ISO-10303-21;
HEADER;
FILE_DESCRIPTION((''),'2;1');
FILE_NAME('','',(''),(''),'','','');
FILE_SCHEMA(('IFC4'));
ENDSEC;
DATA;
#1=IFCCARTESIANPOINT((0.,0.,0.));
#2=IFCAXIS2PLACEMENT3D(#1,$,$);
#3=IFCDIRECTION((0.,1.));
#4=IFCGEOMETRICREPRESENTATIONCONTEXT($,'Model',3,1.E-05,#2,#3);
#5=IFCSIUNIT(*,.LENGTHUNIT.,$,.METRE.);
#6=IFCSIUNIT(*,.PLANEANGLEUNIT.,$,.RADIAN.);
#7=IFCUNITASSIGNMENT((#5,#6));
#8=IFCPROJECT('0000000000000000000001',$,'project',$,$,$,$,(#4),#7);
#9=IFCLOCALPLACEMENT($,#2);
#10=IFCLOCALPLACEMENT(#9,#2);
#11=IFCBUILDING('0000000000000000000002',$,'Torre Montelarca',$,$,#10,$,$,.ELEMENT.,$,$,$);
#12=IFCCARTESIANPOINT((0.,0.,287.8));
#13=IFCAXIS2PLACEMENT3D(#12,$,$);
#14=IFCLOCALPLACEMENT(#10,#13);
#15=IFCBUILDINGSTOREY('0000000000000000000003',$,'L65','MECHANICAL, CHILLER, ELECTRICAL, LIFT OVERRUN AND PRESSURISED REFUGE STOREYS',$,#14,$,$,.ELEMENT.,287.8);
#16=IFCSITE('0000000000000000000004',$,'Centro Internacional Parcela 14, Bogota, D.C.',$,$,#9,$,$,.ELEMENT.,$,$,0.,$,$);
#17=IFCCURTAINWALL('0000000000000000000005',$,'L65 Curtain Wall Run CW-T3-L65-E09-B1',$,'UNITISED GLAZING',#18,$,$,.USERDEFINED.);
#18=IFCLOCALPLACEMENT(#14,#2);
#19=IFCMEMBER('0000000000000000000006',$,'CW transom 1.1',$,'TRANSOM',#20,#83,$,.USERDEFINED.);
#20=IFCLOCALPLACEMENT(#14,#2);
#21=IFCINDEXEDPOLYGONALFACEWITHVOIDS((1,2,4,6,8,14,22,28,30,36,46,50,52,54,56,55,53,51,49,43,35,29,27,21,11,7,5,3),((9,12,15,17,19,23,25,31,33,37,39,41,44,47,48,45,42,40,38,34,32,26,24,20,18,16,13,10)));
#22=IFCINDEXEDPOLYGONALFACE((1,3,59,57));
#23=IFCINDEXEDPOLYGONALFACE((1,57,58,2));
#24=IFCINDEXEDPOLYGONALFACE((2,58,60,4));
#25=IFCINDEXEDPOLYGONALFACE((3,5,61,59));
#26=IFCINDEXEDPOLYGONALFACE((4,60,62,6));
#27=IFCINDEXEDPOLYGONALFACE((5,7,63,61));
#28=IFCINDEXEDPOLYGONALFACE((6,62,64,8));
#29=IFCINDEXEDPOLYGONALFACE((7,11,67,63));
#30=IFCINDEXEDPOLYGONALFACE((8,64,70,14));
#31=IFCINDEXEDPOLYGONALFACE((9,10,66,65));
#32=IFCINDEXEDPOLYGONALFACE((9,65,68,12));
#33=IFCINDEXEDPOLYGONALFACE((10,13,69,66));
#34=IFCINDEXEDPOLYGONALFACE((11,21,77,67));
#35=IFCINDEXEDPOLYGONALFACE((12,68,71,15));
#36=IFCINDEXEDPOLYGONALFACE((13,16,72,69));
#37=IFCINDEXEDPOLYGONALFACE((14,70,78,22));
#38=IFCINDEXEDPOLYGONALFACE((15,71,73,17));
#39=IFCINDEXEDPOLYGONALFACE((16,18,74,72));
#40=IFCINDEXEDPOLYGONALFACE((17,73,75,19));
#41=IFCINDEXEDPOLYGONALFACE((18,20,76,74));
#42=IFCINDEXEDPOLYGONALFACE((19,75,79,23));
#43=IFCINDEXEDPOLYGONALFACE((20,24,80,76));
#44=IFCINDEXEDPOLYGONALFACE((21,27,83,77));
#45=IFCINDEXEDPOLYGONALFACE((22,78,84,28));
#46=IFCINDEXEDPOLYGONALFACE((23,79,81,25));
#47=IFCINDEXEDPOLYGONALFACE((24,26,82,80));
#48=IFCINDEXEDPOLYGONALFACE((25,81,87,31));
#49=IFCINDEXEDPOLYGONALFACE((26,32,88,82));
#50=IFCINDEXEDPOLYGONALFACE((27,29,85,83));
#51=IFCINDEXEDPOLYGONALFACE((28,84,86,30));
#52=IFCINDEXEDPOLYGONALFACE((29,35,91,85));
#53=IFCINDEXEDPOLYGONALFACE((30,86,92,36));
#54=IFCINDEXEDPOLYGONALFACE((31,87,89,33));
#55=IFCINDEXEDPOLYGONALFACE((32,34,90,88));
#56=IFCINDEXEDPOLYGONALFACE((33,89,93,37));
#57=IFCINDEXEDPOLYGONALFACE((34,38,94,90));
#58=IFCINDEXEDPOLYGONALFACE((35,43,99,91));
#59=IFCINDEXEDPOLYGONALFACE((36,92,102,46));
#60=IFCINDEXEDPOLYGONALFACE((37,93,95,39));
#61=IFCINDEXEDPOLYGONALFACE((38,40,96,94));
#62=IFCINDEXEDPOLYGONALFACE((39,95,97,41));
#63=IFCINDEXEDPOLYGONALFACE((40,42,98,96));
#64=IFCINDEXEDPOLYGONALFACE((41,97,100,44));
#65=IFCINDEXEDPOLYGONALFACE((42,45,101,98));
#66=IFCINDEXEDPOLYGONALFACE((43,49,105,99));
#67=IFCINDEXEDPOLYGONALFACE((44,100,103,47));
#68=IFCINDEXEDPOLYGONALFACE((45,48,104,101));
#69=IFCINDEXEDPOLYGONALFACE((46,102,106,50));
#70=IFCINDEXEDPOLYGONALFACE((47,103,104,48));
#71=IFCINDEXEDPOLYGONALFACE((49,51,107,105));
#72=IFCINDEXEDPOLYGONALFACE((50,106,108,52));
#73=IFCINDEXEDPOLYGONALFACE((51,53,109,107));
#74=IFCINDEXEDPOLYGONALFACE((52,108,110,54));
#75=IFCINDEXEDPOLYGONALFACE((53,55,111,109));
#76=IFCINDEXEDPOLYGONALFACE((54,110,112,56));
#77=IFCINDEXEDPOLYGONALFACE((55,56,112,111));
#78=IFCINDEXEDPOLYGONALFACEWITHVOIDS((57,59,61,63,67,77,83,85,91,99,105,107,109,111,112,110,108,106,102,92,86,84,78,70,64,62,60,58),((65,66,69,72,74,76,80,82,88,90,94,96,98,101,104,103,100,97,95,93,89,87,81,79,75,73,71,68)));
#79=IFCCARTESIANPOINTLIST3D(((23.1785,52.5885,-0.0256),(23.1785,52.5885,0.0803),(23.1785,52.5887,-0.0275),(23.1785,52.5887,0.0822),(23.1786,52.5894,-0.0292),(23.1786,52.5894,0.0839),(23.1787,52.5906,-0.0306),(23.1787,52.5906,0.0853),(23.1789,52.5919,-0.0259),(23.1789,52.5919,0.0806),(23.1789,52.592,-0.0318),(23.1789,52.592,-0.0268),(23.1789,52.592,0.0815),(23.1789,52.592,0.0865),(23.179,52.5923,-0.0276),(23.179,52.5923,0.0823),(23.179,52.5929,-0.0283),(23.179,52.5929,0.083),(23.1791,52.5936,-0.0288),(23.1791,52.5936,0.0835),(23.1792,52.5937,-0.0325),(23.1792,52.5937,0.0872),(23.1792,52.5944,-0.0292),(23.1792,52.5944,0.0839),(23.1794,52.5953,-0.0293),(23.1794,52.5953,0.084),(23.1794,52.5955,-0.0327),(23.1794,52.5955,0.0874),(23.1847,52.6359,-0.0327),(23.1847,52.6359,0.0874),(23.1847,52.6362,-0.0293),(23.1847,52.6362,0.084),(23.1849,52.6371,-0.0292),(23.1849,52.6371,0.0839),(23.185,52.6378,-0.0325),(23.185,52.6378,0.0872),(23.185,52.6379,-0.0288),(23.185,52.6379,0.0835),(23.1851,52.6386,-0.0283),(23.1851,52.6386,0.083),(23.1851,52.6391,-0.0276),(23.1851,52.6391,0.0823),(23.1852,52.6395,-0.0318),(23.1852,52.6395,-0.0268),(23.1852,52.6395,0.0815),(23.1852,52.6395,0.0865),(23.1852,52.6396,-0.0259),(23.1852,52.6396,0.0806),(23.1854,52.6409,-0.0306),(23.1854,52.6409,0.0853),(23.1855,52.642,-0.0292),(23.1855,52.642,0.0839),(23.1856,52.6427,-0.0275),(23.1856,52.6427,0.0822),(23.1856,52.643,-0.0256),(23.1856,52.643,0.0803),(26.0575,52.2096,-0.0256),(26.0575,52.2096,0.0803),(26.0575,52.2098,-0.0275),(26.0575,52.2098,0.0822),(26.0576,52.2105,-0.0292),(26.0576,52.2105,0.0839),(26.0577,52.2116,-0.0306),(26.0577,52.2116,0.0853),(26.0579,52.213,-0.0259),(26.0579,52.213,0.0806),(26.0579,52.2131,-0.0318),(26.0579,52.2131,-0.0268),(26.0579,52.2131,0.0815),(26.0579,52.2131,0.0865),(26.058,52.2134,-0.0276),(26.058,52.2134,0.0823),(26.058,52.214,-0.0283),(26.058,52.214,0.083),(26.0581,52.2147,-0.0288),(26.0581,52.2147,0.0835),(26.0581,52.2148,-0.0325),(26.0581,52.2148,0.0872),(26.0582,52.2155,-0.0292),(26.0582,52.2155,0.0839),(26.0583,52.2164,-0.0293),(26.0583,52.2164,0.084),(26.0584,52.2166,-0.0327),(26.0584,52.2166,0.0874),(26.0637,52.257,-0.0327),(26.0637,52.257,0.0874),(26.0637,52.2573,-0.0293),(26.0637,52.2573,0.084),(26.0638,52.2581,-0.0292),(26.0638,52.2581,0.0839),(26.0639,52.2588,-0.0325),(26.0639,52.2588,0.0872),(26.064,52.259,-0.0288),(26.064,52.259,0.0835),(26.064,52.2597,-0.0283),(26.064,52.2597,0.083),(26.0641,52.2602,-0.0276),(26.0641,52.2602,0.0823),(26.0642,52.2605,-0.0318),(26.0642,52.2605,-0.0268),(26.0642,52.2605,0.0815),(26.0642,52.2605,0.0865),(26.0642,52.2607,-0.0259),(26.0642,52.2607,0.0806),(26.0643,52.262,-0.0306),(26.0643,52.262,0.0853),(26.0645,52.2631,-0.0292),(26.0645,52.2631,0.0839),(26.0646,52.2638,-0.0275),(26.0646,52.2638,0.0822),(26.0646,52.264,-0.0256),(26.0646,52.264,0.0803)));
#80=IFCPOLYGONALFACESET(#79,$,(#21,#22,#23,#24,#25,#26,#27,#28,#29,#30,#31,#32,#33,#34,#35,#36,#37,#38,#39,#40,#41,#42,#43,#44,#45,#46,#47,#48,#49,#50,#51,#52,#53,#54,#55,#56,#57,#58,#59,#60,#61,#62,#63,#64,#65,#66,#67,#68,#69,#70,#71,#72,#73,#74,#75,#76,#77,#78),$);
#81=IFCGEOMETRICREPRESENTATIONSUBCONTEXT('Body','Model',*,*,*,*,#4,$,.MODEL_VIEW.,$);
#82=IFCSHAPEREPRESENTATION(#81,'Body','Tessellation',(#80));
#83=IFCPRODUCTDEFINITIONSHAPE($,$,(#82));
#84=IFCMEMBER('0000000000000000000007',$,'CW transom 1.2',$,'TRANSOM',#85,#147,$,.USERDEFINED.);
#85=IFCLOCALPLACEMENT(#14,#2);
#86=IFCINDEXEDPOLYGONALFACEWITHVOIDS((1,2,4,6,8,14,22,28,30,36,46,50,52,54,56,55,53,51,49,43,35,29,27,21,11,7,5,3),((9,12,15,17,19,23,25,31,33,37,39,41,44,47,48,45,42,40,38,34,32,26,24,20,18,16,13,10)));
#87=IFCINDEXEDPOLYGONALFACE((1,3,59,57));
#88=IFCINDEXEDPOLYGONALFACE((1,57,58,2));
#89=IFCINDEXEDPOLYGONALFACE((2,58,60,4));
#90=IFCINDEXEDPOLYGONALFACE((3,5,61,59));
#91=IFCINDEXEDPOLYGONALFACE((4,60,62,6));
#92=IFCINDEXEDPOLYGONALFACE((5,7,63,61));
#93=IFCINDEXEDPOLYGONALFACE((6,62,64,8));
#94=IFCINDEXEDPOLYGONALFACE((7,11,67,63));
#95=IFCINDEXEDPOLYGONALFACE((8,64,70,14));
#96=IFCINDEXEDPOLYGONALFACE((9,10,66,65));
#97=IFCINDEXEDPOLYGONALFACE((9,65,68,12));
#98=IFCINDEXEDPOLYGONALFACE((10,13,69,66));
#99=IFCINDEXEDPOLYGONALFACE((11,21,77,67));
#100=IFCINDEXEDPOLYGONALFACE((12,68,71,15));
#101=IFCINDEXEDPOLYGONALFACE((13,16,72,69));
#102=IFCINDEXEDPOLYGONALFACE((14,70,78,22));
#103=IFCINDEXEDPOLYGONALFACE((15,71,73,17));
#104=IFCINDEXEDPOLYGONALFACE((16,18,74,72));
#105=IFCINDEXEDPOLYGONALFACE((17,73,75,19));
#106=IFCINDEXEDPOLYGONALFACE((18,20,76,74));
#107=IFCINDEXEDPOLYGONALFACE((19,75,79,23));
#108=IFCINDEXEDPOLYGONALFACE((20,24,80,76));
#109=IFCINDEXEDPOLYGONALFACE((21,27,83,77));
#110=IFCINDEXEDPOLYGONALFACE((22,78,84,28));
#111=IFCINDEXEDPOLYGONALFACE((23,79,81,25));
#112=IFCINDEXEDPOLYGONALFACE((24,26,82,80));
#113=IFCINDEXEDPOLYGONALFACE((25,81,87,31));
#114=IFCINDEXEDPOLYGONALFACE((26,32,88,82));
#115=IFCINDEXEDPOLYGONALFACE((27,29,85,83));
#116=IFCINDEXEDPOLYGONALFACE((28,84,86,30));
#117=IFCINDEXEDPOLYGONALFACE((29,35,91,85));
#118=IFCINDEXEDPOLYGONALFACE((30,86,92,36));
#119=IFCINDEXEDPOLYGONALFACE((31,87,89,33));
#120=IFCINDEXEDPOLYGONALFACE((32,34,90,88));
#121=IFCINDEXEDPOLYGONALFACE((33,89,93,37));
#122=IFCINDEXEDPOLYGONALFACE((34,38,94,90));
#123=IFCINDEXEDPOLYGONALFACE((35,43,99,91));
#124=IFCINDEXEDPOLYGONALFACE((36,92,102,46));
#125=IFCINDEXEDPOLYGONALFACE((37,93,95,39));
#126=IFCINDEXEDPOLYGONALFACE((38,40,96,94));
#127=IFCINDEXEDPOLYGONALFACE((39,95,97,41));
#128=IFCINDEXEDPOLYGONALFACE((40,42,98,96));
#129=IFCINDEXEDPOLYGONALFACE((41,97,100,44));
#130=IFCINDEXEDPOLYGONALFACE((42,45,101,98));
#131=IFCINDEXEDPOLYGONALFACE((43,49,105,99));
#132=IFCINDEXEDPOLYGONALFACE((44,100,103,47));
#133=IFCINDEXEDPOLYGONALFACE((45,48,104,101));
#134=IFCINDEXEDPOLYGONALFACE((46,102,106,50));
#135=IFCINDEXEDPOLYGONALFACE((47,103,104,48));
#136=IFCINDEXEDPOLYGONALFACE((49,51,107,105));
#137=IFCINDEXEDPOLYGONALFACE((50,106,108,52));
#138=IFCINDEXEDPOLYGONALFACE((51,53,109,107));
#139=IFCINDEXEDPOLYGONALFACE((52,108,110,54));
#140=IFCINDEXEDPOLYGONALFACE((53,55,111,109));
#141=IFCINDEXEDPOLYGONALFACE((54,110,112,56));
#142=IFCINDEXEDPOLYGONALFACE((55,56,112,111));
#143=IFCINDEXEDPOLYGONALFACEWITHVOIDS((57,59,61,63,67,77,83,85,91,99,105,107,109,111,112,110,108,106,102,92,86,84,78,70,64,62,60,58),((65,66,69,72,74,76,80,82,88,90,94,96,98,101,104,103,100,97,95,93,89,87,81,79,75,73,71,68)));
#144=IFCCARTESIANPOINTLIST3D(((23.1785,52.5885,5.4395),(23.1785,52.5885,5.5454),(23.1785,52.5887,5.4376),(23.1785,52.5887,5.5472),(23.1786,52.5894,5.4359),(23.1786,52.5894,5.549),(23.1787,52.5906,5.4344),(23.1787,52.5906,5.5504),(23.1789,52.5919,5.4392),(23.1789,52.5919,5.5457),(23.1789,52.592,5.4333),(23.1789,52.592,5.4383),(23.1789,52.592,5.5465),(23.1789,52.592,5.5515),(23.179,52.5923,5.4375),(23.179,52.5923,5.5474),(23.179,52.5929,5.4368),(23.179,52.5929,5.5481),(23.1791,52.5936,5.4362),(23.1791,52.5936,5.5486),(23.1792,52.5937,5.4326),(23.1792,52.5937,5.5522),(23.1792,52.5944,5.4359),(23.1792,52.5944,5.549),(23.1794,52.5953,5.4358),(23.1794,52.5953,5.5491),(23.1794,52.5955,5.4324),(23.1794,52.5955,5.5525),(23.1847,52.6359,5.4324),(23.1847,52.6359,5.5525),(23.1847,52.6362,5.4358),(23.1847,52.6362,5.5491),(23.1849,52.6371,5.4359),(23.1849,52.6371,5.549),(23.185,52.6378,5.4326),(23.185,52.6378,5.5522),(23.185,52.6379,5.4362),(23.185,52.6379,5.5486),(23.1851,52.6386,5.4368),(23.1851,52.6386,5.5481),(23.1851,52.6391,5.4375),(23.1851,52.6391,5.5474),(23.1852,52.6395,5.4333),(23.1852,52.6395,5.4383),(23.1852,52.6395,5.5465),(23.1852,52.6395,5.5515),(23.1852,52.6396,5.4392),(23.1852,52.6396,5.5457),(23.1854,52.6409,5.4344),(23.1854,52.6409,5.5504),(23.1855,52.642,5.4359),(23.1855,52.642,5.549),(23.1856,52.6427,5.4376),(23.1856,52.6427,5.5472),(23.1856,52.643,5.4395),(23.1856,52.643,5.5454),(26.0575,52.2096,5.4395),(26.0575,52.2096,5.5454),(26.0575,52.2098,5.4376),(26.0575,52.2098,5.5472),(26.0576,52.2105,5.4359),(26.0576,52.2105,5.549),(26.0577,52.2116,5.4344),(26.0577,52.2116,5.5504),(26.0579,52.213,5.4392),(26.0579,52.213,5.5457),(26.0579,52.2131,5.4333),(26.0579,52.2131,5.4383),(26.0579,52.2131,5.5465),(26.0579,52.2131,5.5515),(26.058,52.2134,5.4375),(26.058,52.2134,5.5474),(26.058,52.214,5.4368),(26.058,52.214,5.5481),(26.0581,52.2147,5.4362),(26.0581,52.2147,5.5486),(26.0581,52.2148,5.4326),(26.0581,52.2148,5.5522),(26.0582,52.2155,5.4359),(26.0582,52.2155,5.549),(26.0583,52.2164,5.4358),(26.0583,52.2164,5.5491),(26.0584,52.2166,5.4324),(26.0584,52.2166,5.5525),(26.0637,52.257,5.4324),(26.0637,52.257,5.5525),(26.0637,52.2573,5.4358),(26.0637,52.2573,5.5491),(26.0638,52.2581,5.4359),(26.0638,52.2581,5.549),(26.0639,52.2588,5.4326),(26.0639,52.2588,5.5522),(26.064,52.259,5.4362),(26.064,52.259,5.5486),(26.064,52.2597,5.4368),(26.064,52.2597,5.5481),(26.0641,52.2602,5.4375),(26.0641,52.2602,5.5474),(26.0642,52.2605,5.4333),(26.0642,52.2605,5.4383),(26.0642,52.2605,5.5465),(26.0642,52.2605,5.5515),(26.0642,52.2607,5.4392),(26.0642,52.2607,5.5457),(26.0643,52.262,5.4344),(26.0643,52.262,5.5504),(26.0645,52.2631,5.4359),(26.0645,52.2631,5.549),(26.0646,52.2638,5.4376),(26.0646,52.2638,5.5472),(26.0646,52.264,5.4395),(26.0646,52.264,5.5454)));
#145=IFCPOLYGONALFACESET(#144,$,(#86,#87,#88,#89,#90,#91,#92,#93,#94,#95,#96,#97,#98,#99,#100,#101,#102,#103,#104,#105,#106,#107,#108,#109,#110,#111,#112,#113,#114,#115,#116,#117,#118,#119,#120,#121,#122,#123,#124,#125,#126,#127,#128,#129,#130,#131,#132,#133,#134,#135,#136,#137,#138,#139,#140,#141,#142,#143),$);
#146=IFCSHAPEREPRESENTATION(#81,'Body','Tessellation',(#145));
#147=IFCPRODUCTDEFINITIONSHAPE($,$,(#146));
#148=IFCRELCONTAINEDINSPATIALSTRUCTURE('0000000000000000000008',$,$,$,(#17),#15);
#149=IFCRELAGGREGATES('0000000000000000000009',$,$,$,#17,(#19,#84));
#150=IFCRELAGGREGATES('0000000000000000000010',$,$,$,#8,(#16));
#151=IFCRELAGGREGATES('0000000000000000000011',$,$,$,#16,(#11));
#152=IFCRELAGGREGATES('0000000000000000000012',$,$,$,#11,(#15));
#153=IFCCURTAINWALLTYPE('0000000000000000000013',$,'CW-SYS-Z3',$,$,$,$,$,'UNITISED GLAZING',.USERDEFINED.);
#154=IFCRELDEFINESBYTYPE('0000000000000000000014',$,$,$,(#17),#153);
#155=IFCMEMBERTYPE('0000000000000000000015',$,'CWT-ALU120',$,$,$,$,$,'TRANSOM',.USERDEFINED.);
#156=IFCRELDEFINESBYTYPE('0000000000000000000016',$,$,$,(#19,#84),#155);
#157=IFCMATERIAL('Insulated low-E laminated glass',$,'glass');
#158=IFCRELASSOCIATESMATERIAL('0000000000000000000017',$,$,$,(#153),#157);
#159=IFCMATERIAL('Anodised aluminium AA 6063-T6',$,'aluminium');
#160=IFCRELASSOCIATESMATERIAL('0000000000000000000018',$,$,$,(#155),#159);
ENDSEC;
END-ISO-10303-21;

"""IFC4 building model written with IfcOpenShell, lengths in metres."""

from ifc_helpers import new_model, si_unit, direction, frame, origin, origin_2d, place, context, subcontext, project, spatial, hollow_rectangle, extrude, source, transform, mapped, material, material_profile, profile_set, type_object, element, aggregate, save


model = new_model("IFC4")

# Units and contexts
model_context = context("Model", 3, precision=1e-05, world=origin(), true_north=direction((0.0, 1.0)))
body_context = subcontext(model_context, "Body", "Model", "MODEL_VIEW")
ifc_project = project(units=[si_unit("LENGTHUNIT", "METRE"), si_unit("PLANEANGLEUNIT", "RADIAN")], contexts=[model_context])

# Site, building, storey
site_placement = place(None, origin())
site = spatial("IfcSite", under=ifc_project, at=site_placement, Name="Centro Internacional Parcela 14, Bogota, D.C.", CompositionType="ELEMENT", RefElevation=0.0)
building_placement = place(site_placement, origin())
building = spatial("IfcBuilding", under=site, at=building_placement, Name="Torre Montelarca", CompositionType="ELEMENT")
storey_placement = place(building_placement, frame((0.0, 0.0, 287.8)))
storey = spatial("IfcBuildingStorey", under=building, at=storey_placement, Name="L65", Description="MECHANICAL, CHILLER, ELECTRICAL, LIFT OVERRUN AND PRESSURISED REFUGE STOREYS", CompositionType="ELEMENT", Elevation=287.8)

# Curtain wall, members
ifc_material_1 = material(Name="Insulated low-E laminated glass", Category="glass")
curtain_wall_type = type_object("IfcCurtainWallType", Name="CW-SYS-Z3", ElementType="UNITISED GLAZING", PredefinedType="USERDEFINED", material=ifc_material_1)
curtain_wall_placement = place(storey_placement, origin())
curtain_wall = element("IfcCurtainWall", 1, at=curtain_wall_placement, inside=storey, type_object=curtain_wall_type, Name="L65 Curtain Wall Run CW-T3-L65-E09-B1", ObjectType="UNITISED GLAZING", PredefinedType="USERDEFINED")
ifc_material_2 = material(Name="Anodised aluminium AA 6063-T6", Category="aluminium")
ifc_material_profile_1 = material_profile(ifc_material_2, hollow_rectangle(XDim=0.0549, YDim=0.1201, WallThickness=0.0034, InnerFilletRadius=0.0034, OuterFilletRadius=0.0071, at=origin_2d()), Name="ALU55X120X3.5", Category="aluminium")
ifc_profile_set_1 = profile_set([ifc_material_profile_1], Name="Anodised aluminium AA 6063-T6")
member_type_1 = type_object("IfcMemberType", Name="CWT-ALU120", ElementType="TRANSOM", PredefinedType="USERDEFINED", material=ifc_profile_set_1)
shared_shape_1 = source(origin(), body_context, "Body", "SweptSolid", [
    extrude(hollow_rectangle(XDim=0.0549, YDim=0.1201, WallThickness=0.0034, InnerFilletRadius=0.0034, OuterFilletRadius=0.0071, at=origin_2d()), origin(), (0.0, 0.0, 1.0), 2.9038),
])
member_1_placement = place(storey_placement, frame((26.061, 52.2368, 0.0273), z_axis=(-0.99145, 0.130489, 0.0), x_axis=(-0.130489, -0.99145, 0.0)))
member_1 = element("IfcMember", 2, at=member_1_placement, type_object=member_type_1, Name="CW transom 1.1", ObjectType="TRANSOM", PredefinedType="USERDEFINED", context=body_context, shape_type="MappedRepresentation", body=[
    mapped(shared_shape_1, transform((0.0, 0.0, 0.0), scale=1.0)),
])
member_2_placement = place(storey_placement, frame((26.061, 52.2368, 5.4924), z_axis=(-0.99145, 0.130489, 0.0), x_axis=(-0.130489, -0.99145, 0.0)))
member_2 = element("IfcMember", 3, at=member_2_placement, type_object=member_type_1, Name="CW transom 1.2", ObjectType="TRANSOM", PredefinedType="USERDEFINED", context=body_context, shape_type="MappedRepresentation", body=[
    mapped(shared_shape_1, transform((0.0, 0.0, 0.0), scale=1.0)),
])
aggregate(curtain_wall, [member_1, member_2])

save(model, "model.ifc")
